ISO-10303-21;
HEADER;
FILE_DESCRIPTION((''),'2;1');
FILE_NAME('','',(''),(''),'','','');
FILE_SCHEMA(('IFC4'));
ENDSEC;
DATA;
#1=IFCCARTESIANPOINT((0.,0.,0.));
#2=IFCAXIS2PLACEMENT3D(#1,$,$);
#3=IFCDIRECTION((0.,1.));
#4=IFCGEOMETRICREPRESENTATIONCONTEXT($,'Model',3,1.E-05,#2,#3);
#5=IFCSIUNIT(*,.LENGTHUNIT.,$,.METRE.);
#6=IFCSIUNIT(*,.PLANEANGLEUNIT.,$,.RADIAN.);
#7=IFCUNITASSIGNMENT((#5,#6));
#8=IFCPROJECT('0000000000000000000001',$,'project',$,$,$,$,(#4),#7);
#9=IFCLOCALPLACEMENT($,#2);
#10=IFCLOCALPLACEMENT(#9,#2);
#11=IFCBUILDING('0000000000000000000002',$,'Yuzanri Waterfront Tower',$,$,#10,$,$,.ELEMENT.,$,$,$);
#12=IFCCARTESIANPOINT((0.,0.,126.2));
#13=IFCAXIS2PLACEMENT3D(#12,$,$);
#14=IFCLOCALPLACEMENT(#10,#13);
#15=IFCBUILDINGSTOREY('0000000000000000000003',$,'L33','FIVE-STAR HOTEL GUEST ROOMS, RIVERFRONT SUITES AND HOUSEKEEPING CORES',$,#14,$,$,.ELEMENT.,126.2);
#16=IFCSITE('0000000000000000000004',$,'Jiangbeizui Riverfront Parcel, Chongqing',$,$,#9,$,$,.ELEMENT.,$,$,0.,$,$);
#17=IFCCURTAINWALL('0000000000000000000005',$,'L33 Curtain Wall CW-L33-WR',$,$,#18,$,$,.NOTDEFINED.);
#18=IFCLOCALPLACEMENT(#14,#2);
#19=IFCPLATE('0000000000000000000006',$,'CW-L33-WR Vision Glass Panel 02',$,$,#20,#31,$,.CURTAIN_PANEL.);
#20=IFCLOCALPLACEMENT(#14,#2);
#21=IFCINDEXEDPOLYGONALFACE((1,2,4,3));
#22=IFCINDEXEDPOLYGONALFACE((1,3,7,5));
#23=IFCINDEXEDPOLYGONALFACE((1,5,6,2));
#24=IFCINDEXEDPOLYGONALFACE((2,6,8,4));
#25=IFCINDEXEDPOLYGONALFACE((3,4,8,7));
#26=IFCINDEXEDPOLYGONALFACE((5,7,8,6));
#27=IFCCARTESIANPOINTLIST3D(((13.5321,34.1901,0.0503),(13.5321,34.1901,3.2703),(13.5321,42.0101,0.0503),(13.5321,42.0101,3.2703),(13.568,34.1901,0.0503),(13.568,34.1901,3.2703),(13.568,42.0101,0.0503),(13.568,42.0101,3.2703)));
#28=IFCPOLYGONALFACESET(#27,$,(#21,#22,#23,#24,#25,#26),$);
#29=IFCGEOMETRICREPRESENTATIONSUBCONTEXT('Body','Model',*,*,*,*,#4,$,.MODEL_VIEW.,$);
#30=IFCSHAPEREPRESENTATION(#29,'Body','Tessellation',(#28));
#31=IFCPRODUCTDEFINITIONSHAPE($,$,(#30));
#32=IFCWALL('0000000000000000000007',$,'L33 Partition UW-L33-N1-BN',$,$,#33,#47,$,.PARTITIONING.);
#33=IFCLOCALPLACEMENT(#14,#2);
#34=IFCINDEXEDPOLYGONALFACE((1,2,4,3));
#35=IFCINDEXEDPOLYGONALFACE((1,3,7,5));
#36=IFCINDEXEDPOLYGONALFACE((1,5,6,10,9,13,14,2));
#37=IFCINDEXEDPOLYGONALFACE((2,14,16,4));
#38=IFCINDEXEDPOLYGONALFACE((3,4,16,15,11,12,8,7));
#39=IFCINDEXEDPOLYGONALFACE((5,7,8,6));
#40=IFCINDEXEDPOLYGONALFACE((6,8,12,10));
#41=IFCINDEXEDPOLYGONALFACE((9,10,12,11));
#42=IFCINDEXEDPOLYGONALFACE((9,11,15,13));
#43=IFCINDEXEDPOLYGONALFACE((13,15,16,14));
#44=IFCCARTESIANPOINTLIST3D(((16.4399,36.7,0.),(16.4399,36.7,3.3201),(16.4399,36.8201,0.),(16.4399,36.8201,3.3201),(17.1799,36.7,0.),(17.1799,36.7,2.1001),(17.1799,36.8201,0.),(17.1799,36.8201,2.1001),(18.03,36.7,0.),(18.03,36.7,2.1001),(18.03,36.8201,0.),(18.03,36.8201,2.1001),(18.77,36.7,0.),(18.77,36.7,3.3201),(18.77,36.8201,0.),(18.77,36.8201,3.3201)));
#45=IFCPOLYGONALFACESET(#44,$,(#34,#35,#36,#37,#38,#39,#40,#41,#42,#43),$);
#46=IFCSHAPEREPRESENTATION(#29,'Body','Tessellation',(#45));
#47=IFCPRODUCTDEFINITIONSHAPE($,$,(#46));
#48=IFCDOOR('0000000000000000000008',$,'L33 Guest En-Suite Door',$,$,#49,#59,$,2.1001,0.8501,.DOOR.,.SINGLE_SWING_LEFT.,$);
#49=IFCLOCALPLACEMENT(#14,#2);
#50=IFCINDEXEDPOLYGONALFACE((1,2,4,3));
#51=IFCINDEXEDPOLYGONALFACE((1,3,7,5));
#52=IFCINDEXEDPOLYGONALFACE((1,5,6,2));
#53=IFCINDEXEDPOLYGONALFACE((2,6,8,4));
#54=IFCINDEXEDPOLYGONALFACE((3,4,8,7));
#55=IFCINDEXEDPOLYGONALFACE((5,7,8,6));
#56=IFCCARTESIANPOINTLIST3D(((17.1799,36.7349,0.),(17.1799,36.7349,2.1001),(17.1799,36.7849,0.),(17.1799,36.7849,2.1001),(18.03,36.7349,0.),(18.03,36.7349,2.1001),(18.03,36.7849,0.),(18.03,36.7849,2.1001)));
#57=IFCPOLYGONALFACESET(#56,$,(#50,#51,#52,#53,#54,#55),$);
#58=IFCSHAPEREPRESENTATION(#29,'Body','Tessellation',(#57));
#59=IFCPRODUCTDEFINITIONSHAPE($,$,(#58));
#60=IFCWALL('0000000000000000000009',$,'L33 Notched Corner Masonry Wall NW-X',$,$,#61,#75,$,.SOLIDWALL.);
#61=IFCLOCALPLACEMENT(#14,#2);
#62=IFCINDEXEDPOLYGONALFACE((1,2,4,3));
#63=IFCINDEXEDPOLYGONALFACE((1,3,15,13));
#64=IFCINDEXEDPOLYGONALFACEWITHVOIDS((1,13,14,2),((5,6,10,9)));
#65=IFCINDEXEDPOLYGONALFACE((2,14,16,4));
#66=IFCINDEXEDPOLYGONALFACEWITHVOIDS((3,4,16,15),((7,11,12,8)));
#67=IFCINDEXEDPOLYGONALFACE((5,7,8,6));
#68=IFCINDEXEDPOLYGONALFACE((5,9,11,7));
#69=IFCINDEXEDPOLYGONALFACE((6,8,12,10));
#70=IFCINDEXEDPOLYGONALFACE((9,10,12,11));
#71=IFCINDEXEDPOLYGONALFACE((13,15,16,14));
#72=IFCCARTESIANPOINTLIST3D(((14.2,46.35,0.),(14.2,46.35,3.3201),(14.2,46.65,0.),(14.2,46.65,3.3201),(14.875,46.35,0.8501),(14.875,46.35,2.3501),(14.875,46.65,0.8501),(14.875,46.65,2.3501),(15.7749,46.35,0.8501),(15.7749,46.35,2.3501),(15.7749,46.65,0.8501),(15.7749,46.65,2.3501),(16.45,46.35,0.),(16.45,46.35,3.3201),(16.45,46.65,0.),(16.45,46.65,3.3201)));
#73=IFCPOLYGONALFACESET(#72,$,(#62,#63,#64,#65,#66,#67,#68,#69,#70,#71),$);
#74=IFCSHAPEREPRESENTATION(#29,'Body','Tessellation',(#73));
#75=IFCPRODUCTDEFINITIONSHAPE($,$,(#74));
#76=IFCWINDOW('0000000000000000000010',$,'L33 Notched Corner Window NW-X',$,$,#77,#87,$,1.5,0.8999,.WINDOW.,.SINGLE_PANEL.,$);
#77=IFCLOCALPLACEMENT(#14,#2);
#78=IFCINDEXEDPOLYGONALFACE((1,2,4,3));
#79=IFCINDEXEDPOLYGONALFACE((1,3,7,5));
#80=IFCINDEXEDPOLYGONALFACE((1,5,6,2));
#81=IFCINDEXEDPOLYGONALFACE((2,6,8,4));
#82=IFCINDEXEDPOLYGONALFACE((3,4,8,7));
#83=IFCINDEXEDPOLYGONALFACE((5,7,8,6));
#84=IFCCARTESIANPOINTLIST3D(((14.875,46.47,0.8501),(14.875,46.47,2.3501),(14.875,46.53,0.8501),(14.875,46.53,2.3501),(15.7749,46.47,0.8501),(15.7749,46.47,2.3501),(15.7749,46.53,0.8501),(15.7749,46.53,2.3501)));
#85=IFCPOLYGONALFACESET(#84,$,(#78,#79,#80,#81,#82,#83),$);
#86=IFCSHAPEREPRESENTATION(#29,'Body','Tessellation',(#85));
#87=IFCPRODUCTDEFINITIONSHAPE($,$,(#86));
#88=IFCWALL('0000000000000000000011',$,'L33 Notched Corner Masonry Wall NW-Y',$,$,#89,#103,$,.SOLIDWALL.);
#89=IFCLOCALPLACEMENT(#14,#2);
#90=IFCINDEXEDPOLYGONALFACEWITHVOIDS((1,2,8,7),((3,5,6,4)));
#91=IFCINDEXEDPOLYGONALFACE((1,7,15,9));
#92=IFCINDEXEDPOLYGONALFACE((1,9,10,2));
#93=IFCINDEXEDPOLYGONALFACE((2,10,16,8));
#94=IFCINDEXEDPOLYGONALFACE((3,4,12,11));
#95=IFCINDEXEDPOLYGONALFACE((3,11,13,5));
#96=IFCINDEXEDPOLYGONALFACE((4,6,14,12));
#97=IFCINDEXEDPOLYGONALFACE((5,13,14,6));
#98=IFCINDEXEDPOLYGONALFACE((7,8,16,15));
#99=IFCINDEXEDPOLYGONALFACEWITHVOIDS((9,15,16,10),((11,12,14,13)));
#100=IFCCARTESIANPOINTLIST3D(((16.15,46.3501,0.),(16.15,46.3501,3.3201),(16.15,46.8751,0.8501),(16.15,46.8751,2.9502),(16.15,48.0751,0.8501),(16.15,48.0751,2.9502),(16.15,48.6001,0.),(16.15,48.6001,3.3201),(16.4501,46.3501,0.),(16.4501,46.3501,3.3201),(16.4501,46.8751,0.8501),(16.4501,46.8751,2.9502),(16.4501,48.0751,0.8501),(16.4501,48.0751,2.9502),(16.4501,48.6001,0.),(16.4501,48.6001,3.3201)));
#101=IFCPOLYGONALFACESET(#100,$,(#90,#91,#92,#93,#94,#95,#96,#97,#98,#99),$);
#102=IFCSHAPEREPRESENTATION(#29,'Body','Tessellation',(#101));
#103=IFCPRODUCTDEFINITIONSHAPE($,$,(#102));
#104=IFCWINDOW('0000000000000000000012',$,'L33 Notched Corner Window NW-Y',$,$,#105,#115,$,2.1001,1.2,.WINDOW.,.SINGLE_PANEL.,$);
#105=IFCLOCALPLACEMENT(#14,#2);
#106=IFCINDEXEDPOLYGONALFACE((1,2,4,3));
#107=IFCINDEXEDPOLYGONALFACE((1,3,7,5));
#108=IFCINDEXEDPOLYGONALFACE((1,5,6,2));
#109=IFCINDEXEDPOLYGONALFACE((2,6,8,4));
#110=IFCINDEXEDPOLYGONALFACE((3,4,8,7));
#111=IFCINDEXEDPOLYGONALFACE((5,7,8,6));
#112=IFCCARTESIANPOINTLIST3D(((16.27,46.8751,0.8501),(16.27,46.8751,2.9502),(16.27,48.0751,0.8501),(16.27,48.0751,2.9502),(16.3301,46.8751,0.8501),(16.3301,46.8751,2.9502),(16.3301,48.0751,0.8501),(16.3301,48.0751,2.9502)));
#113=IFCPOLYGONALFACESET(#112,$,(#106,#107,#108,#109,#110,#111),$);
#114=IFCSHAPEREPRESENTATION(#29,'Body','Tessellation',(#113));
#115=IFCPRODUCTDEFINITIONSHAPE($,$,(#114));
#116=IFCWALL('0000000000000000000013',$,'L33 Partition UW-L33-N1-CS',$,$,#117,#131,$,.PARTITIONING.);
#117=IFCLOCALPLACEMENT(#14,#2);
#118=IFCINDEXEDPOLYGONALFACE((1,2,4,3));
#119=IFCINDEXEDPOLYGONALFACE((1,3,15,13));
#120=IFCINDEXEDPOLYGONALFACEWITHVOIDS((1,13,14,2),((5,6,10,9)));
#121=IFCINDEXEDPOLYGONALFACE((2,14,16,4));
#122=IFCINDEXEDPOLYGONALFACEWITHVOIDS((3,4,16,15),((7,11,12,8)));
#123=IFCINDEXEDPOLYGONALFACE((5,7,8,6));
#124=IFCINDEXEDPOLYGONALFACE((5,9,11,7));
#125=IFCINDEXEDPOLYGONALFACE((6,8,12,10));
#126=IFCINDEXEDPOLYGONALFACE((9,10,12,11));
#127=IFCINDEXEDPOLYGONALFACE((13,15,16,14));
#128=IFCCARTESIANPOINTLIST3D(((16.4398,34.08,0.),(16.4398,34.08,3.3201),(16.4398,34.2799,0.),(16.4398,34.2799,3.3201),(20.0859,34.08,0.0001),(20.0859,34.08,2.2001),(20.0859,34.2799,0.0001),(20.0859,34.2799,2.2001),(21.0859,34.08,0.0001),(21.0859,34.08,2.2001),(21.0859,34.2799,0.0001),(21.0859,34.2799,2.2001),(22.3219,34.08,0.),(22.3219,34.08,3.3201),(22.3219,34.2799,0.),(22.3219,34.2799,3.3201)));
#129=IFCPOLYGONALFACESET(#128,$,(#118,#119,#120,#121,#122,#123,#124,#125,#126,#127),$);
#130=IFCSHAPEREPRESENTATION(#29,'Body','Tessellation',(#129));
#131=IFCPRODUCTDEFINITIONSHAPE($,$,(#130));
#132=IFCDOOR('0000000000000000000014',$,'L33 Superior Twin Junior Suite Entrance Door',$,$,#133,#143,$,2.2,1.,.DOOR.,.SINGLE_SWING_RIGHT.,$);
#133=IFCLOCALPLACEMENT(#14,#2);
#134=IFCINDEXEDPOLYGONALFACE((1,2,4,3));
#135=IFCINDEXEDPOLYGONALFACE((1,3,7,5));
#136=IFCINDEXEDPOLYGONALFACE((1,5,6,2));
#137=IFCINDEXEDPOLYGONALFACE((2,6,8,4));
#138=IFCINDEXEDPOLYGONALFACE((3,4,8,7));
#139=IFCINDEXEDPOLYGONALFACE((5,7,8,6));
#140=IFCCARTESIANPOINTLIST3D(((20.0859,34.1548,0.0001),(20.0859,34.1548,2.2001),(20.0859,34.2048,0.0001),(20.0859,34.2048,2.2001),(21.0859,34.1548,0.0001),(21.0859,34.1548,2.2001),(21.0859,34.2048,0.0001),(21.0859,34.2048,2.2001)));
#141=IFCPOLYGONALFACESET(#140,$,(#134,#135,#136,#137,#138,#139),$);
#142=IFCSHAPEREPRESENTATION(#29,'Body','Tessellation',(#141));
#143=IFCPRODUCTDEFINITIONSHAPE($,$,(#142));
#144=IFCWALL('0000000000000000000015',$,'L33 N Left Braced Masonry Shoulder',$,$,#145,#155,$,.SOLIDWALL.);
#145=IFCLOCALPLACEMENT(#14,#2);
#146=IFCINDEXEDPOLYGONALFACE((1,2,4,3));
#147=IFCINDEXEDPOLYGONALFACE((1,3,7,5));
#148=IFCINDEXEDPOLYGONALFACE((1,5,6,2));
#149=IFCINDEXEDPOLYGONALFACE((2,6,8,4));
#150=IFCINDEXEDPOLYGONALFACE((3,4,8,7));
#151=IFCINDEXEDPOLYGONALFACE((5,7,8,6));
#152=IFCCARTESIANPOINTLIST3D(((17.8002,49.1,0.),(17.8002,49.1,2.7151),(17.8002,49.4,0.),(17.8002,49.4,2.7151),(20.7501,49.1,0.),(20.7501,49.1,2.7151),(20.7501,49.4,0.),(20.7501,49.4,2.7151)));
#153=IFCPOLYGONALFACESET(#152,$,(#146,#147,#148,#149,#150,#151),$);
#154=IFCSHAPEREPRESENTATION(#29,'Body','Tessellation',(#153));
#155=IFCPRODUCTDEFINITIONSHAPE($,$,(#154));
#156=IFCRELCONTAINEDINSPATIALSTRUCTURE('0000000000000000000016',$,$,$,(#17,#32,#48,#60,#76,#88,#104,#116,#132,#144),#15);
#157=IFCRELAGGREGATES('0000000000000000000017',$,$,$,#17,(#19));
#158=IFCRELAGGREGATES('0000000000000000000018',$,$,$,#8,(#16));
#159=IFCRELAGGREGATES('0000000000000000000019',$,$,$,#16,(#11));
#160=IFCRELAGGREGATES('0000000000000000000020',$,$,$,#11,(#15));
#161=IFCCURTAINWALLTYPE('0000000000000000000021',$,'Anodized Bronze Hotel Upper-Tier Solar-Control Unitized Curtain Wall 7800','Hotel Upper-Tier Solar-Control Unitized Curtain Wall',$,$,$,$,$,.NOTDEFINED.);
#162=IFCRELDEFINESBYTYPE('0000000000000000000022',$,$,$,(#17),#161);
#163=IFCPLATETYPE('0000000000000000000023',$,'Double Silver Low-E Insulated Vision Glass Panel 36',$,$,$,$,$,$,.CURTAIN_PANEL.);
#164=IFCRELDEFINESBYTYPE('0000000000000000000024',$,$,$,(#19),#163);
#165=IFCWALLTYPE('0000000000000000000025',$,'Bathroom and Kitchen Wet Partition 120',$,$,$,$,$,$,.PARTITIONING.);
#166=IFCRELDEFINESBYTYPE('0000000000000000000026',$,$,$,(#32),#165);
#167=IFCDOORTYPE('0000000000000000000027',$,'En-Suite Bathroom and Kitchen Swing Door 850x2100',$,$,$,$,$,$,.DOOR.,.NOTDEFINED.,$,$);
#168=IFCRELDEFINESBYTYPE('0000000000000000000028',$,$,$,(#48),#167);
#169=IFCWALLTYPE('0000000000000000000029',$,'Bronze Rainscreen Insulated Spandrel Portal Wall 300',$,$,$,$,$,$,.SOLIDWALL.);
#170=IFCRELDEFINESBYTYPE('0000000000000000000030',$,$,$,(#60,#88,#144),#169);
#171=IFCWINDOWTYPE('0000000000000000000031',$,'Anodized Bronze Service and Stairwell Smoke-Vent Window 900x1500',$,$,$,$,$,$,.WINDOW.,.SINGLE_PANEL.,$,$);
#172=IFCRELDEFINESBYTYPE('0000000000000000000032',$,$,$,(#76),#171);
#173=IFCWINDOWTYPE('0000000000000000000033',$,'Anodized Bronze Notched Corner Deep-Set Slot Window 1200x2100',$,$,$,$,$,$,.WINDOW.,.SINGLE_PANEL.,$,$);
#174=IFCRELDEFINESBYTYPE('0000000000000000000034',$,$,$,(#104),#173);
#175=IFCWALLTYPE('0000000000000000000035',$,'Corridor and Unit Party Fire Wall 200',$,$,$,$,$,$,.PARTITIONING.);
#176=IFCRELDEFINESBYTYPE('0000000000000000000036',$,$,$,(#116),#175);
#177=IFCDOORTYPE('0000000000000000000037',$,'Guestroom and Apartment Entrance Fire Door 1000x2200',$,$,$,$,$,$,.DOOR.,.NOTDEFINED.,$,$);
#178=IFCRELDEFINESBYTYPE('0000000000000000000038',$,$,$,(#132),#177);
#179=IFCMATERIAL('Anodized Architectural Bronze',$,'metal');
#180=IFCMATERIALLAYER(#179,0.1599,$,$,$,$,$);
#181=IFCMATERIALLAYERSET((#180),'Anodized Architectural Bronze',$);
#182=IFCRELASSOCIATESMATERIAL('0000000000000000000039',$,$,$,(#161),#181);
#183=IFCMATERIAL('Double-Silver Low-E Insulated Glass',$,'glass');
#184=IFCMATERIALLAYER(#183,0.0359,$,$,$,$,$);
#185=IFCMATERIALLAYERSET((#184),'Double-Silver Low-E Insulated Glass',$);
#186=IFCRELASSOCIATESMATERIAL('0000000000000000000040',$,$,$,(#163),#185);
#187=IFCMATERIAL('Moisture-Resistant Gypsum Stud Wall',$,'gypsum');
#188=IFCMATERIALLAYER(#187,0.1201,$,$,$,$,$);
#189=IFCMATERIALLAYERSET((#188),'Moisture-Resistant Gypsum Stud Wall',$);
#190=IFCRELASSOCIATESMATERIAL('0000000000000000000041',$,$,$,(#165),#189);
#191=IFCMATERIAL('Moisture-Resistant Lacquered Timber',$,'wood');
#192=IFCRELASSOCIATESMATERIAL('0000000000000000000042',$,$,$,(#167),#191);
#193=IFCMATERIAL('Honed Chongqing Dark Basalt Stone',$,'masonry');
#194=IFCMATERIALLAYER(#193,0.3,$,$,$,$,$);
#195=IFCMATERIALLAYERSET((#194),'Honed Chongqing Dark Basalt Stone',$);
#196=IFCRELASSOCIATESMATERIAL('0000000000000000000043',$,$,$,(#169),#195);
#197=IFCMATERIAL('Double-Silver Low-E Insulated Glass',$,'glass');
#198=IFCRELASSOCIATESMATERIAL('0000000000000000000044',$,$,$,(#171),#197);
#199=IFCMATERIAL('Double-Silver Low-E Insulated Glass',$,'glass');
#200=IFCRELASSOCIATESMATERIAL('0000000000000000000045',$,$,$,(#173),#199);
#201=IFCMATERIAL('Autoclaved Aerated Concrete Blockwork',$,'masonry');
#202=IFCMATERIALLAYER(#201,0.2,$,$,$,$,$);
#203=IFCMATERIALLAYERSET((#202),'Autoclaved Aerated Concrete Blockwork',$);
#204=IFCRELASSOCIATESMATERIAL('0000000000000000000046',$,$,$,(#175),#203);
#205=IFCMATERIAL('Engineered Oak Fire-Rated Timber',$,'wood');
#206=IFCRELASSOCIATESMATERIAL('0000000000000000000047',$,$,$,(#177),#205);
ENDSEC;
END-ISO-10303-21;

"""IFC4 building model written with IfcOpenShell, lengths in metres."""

from ifc_helpers import new_model, si_unit, direction, frame, frame_2d, origin, origin_2d, place, context, subcontext, project, spatial, rectangle, extrude, source, transform, mapped, material, layer, layer_set, type_object, element, fill, aggregate, save


model = new_model("IFC4")

# Units and contexts
model_context = context("Model", 3, precision=1e-05, world=origin(), true_north=direction((0.0, 1.0)))
body_context = subcontext(model_context, "Body", "Model", "MODEL_VIEW")
ifc_project = project(units=[si_unit("LENGTHUNIT", "METRE"), si_unit("PLANEANGLEUNIT", "RADIAN")], contexts=[model_context])

# Site, building, storey
site_placement = place(None, origin())
site = spatial("IfcSite", under=ifc_project, at=site_placement, Name="Jiangbeizui Riverfront Parcel, Chongqing", CompositionType="ELEMENT", RefElevation=0.0)
building_placement = place(site_placement, origin())
building = spatial("IfcBuilding", under=site, at=building_placement, Name="Yuzanri Waterfront Tower", CompositionType="ELEMENT")
storey_placement = place(building_placement, frame((0.0, 0.0, 126.2)))
storey = spatial("IfcBuildingStorey", under=building, at=storey_placement, Name="L33", Description="FIVE-STAR HOTEL GUEST ROOMS, RIVERFRONT SUITES AND HOUSEKEEPING CORES", CompositionType="ELEMENT", Elevation=126.2)

# Curtain wall
ifc_material_1 = material(Name="Anodized Architectural Bronze", Category="metal")
ifc_layer_1 = layer(ifc_material_1, 0.1599)
ifc_layer_set_1 = layer_set([ifc_layer_1], Name="Anodized Architectural Bronze")
curtain_wall_type = type_object("IfcCurtainWallType", Name="Anodized Bronze Hotel Upper-Tier Solar-Control Unitized Curtain Wall 7800", Description="Hotel Upper-Tier Solar-Control Unitized Curtain Wall", PredefinedType="NOTDEFINED", material=ifc_layer_set_1)
curtain_wall_1_placement = place(storey_placement, origin())
curtain_wall_1 = element("IfcCurtainWall", 1, at=curtain_wall_1_placement, inside=storey, type_object=curtain_wall_type, Name="L33 Curtain Wall CW-L33-WR", PredefinedType="NOTDEFINED")

# Plate
ifc_material_2 = material(Name="Double-Silver Low-E Insulated Glass", Category="glass")
ifc_layer_2 = layer(ifc_material_2, 0.0359)
ifc_layer_set_2 = layer_set([ifc_layer_2], Name="Double-Silver Low-E Insulated Glass")
plate_type_1 = type_object("IfcPlateType", Name="Double Silver Low-E Insulated Vision Glass Panel 36", PredefinedType="CURTAIN_PANEL", material=ifc_layer_set_2)
shared_shape_1 = source(origin(), body_context, "Body", "SweptSolid", [
    extrude(rectangle(XDim=7.8201, YDim=0.0359, at=origin_2d()), origin(), (0.0, 0.0, 1.0), 3.22),
])
plate_placement = place(storey_placement, frame((13.55, 38.1001, 0.0503), z_axis=(0.0, 0.0, 1.0), x_axis=(0.0, 1.0, 0.0)))
plate = element("IfcPlate", 2, at=plate_placement, type_object=plate_type_1, Name="CW-L33-WR Vision Glass Panel 02", PredefinedType="CURTAIN_PANEL", context=body_context, shape_type="MappedRepresentation", body=[
    mapped(shared_shape_1, transform((0.0, 0.0, 0.0), scale=1.0)),
])
aggregate(curtain_wall_1, [plate])

# Wall, opening, door
ifc_material_3 = material(Name="Moisture-Resistant Gypsum Stud Wall", Category="gypsum")
ifc_layer_3 = layer(ifc_material_3, 0.1201)
ifc_layer_set_3 = layer_set([ifc_layer_3], Name="Moisture-Resistant Gypsum Stud Wall")
wall_type_1 = type_object("IfcWallType", Name="Bathroom and Kitchen Wet Partition 120", PredefinedType="PARTITIONING", material=ifc_layer_set_3)
wall_1_placement = place(storey_placement, frame((16.4399, 36.76, 0.0), z_axis=(0.0, 0.0, 1.0), x_axis=(1.0, 0.0, 0.0)))
wall_1 = element("IfcWall", 3, at=wall_1_placement, inside=storey, type_object=wall_type_1, Name="L33 Partition UW-L33-N1-BN", PredefinedType="PARTITIONING", context=body_context, shape_type="SweptSolid", body=[
    extrude(rectangle(XDim=2.3301, YDim=0.1201, at=frame_2d((1.165, 0.0))), origin(), (0.0, 0.0, 1.0), 3.3201),
])
opening_1_placement = place(wall_1_placement, frame((0.74, 0.0, 0.0)))
opening_1 = element("IfcOpeningElement", 4, at=opening_1_placement, cuts=wall_1, PredefinedType="OPENING", context=body_context, shape_type="SweptSolid", body=[
    extrude(rectangle(XDim=0.8501, YDim=2.1001, at=frame_2d((0.425, 1.05))), frame((0.0, 0.075, 0.0), z_axis=(0.0, -1.0, 0.0), x_axis=(1.0, 0.0, 0.0)), (0.0, 0.0, 1.0), 0.1499),
])
ifc_material_4 = material(Name="Moisture-Resistant Lacquered Timber", Category="wood")
door_type_1 = type_object("IfcDoorType", Name="En-Suite Bathroom and Kitchen Swing Door 850x2100", OperationType="NOTDEFINED", PredefinedType="DOOR", material=ifc_material_4)
shared_shape_2 = source(origin(), body_context, "Body", "SweptSolid", [
    extrude(rectangle(XDim=0.8501, YDim=2.1001, at=frame_2d((0.425, 1.05))), frame((0.0, 0.0249, 0.0), z_axis=(0.0, -1.0, 0.0), x_axis=(1.0, 0.0, 0.0)), (0.0, 0.0, 1.0), 0.05),
])
door_1_placement = place(opening_1_placement, origin())
door_1 = element("IfcDoor", 5, at=door_1_placement, inside=storey, type_object=door_type_1, Name="L33 Guest En-Suite Door", OperationType="SINGLE_SWING_LEFT", OverallHeight=2.1001, OverallWidth=0.8501, PredefinedType="DOOR", context=body_context, shape_type="MappedRepresentation", body=[
    mapped(shared_shape_2, transform((0.0, 0.0, 0.0), scale=1.0)),
])
fill(opening_1, door_1)

# Walls, openings, windows
ifc_material_5 = material(Name="Honed Chongqing Dark Basalt Stone", Category="masonry")
ifc_layer_4 = layer(ifc_material_5, 0.3)
ifc_layer_set_4 = layer_set([ifc_layer_4], Name="Honed Chongqing Dark Basalt Stone")
wall_type_2 = type_object("IfcWallType", Name="Bronze Rainscreen Insulated Spandrel Portal Wall 300", PredefinedType="SOLIDWALL", material=ifc_layer_set_4)
wall_2_placement = place(storey_placement, frame((16.45, 46.5, 0.0), z_axis=(0.0, 0.0, 1.0), x_axis=(-1.0, 0.0, 0.0)))
wall_2 = element("IfcWall", 6, at=wall_2_placement, inside=storey, type_object=wall_type_2, Name="L33 Notched Corner Masonry Wall NW-X", PredefinedType="SOLIDWALL", context=body_context, shape_type="SweptSolid", body=[
    extrude(rectangle(XDim=2.25, YDim=0.3, at=frame_2d((1.125, 0.0))), origin(), (0.0, 0.0, 1.0), 3.3201),
])
opening_2_placement = place(wall_2_placement, frame((0.675, 0.0, 0.8501)))
opening_2 = element("IfcOpeningElement", 7, at=opening_2_placement, cuts=wall_2, PredefinedType="OPENING", context=body_context, shape_type="SweptSolid", body=[
    extrude(rectangle(XDim=0.8999, YDim=1.5, at=frame_2d((0.45, 0.75))), frame((0.0, 0.165, 0.0), z_axis=(0.0, -1.0, 0.0), x_axis=(1.0, 0.0, 0.0)), (0.0, 0.0, 1.0), 0.3298),
])
ifc_material_6 = material(Name="Double-Silver Low-E Insulated Glass", Category="glass")
window_type_1 = type_object("IfcWindowType", Name="Anodized Bronze Service and Stairwell Smoke-Vent Window 900x1500", PartitioningType="SINGLE_PANEL", PredefinedType="WINDOW", material=ifc_material_6)
shared_shape_3 = source(origin(), body_context, "Body", "SweptSolid", [
    extrude(rectangle(XDim=0.8999, YDim=1.5, at=frame_2d((0.45, 0.75))), frame((0.0, 0.03, 0.0), z_axis=(0.0, -1.0, 0.0), x_axis=(1.0, 0.0, 0.0)), (0.0, 0.0, 1.0), 0.0601),
])
window_1_placement = place(opening_2_placement, origin())
window_1 = element("IfcWindow", 8, at=window_1_placement, inside=storey, type_object=window_type_1, Name="L33 Notched Corner Window NW-X", OverallHeight=1.5, OverallWidth=0.8999, PartitioningType="SINGLE_PANEL", PredefinedType="WINDOW", context=body_context, shape_type="MappedRepresentation", body=[
    mapped(shared_shape_3, transform((0.0, 0.0, 0.0), scale=1.0)),
])
fill(opening_2, window_1)
wall_3_placement = place(storey_placement, frame((16.3, 48.6001, 0.0), z_axis=(0.0, 0.0, 1.0), x_axis=(0.0, -1.0, 0.0)))
wall_3 = element("IfcWall", 9, at=wall_3_placement, inside=storey, type_object=wall_type_2, Name="L33 Notched Corner Masonry Wall NW-Y", PredefinedType="SOLIDWALL", context=body_context, shape_type="SweptSolid", body=[
    extrude(rectangle(XDim=2.25, YDim=0.3, at=frame_2d((1.125, 0.0))), origin(), (0.0, 0.0, 1.0), 3.3201),
])
opening_3_placement = place(wall_3_placement, frame((0.5249, 0.0, 0.8501)))
opening_3 = element("IfcOpeningElement", 10, at=opening_3_placement, cuts=wall_3, PredefinedType="OPENING", context=body_context, shape_type="SweptSolid", body=[
    extrude(rectangle(XDim=1.2, YDim=2.1001, at=frame_2d((0.6001, 1.05))), frame((0.0, 0.165, 0.0), z_axis=(0.0, -1.0, 0.0), x_axis=(1.0, 0.0, 0.0)), (0.0, 0.0, 1.0), 0.3298),
])
ifc_material_7 = material(Name="Double-Silver Low-E Insulated Glass", Category="glass")
window_type_2 = type_object("IfcWindowType", Name="Anodized Bronze Notched Corner Deep-Set Slot Window 1200x2100", PartitioningType="SINGLE_PANEL", PredefinedType="WINDOW", material=ifc_material_7)
shared_shape_4 = source(origin(), body_context, "Body", "SweptSolid", [
    extrude(rectangle(XDim=1.2, YDim=2.1001, at=frame_2d((0.6001, 1.05))), frame((0.0, 0.03, 0.0), z_axis=(0.0, -1.0, 0.0), x_axis=(1.0, 0.0, 0.0)), (0.0, 0.0, 1.0), 0.0601),
])
window_2_placement = place(opening_3_placement, origin())
window_2 = element("IfcWindow", 11, at=window_2_placement, inside=storey, type_object=window_type_2, Name="L33 Notched Corner Window NW-Y", OverallHeight=2.1001, OverallWidth=1.2, PartitioningType="SINGLE_PANEL", PredefinedType="WINDOW", context=body_context, shape_type="MappedRepresentation", body=[
    mapped(shared_shape_4, transform((0.0, 0.0, 0.0), scale=1.0)),
])
fill(opening_3, window_2)

# Wall, opening, door
ifc_material_8 = material(Name="Autoclaved Aerated Concrete Blockwork", Category="masonry")
ifc_layer_5 = layer(ifc_material_8, 0.2)
ifc_layer_set_5 = layer_set([ifc_layer_5], Name="Autoclaved Aerated Concrete Blockwork")
wall_type_3 = type_object("IfcWallType", Name="Corridor and Unit Party Fire Wall 200", PredefinedType="PARTITIONING", material=ifc_layer_set_5)
wall_4_placement = place(storey_placement, frame((16.4399, 34.1799, 0.0), z_axis=(0.0, 0.0, 1.0), x_axis=(1.0, 0.0, 0.0)))
wall_4 = element("IfcWall", 12, at=wall_4_placement, inside=storey, type_object=wall_type_3, Name="L33 Partition UW-L33-N1-CS", PredefinedType="PARTITIONING", context=body_context, shape_type="SweptSolid", body=[
    extrude(rectangle(XDim=5.8821, YDim=0.2, at=frame_2d((2.9409, 0.0))), origin(), (0.0, 0.0, 1.0), 3.3201),
])
opening_4_placement = place(wall_4_placement, frame((3.646, 0.0, 0.0)))
opening_4 = element("IfcOpeningElement", 13, at=opening_4_placement, cuts=wall_4, PredefinedType="OPENING", context=body_context, shape_type="SweptSolid", body=[
    extrude(rectangle(XDim=1.0, YDim=2.2, at=frame_2d((0.5, 1.1001))), frame((0.0, 0.1147, 0.0), z_axis=(0.0, -1.0, 0.0), x_axis=(1.0, 0.0, 0.0)), (0.0, 0.0, 1.0), 0.2297),
])
ifc_material_9 = material(Name="Engineered Oak Fire-Rated Timber", Category="wood")
door_type_2 = type_object("IfcDoorType", Name="Guestroom and Apartment Entrance Fire Door 1000x2200", OperationType="NOTDEFINED", PredefinedType="DOOR", material=ifc_material_9)
shared_shape_5 = source(origin(), body_context, "Body", "SweptSolid", [
    extrude(rectangle(XDim=1.0, YDim=2.2, at=frame_2d((0.5, 1.1001))), frame((0.0, 0.0249, 0.0), z_axis=(0.0, -1.0, 0.0), x_axis=(1.0, 0.0, 0.0)), (0.0, 0.0, 1.0), 0.05),
])
door_2_placement = place(opening_4_placement, origin())
door_2 = element("IfcDoor", 14, at=door_2_placement, inside=storey, type_object=door_type_2, Name="L33 Superior Twin Junior Suite Entrance Door", OperationType="SINGLE_SWING_RIGHT", OverallHeight=2.2, OverallWidth=1.0, PredefinedType="DOOR", context=body_context, shape_type="MappedRepresentation", body=[
    mapped(shared_shape_5, transform((0.0, 0.0, 0.0), scale=1.0)),
])
fill(opening_4, door_2)

# Wall
shared_shape_6 = source(origin(), body_context, "Body", "SweptSolid", [
    extrude(rectangle(XDim=2.95, YDim=0.3, at=frame_2d((1.4751, 0.0))), origin(), (0.0, 0.0, 1.0), 2.7151),
])
for number, where, z_axis, x_axis, name in (
    (15, (17.8, 49.25, 0.0), (0.0, 0.0, 1.0), (1.0, 0.0, 0.0), "L33 N Left Braced Masonry Shoulder"),
):
    element("IfcWall", number, at=place(storey_placement, frame(where, z_axis=z_axis, x_axis=x_axis)), inside=storey, type_object=wall_type_2, Name=name, PredefinedType="SOLIDWALL", context=body_context, shape_type="MappedRepresentation", body=[
        mapped(shared_shape_6, transform((0.0, 0.0, 0.0), scale=1.0)),
    ])

save(model, "model.ifc")
